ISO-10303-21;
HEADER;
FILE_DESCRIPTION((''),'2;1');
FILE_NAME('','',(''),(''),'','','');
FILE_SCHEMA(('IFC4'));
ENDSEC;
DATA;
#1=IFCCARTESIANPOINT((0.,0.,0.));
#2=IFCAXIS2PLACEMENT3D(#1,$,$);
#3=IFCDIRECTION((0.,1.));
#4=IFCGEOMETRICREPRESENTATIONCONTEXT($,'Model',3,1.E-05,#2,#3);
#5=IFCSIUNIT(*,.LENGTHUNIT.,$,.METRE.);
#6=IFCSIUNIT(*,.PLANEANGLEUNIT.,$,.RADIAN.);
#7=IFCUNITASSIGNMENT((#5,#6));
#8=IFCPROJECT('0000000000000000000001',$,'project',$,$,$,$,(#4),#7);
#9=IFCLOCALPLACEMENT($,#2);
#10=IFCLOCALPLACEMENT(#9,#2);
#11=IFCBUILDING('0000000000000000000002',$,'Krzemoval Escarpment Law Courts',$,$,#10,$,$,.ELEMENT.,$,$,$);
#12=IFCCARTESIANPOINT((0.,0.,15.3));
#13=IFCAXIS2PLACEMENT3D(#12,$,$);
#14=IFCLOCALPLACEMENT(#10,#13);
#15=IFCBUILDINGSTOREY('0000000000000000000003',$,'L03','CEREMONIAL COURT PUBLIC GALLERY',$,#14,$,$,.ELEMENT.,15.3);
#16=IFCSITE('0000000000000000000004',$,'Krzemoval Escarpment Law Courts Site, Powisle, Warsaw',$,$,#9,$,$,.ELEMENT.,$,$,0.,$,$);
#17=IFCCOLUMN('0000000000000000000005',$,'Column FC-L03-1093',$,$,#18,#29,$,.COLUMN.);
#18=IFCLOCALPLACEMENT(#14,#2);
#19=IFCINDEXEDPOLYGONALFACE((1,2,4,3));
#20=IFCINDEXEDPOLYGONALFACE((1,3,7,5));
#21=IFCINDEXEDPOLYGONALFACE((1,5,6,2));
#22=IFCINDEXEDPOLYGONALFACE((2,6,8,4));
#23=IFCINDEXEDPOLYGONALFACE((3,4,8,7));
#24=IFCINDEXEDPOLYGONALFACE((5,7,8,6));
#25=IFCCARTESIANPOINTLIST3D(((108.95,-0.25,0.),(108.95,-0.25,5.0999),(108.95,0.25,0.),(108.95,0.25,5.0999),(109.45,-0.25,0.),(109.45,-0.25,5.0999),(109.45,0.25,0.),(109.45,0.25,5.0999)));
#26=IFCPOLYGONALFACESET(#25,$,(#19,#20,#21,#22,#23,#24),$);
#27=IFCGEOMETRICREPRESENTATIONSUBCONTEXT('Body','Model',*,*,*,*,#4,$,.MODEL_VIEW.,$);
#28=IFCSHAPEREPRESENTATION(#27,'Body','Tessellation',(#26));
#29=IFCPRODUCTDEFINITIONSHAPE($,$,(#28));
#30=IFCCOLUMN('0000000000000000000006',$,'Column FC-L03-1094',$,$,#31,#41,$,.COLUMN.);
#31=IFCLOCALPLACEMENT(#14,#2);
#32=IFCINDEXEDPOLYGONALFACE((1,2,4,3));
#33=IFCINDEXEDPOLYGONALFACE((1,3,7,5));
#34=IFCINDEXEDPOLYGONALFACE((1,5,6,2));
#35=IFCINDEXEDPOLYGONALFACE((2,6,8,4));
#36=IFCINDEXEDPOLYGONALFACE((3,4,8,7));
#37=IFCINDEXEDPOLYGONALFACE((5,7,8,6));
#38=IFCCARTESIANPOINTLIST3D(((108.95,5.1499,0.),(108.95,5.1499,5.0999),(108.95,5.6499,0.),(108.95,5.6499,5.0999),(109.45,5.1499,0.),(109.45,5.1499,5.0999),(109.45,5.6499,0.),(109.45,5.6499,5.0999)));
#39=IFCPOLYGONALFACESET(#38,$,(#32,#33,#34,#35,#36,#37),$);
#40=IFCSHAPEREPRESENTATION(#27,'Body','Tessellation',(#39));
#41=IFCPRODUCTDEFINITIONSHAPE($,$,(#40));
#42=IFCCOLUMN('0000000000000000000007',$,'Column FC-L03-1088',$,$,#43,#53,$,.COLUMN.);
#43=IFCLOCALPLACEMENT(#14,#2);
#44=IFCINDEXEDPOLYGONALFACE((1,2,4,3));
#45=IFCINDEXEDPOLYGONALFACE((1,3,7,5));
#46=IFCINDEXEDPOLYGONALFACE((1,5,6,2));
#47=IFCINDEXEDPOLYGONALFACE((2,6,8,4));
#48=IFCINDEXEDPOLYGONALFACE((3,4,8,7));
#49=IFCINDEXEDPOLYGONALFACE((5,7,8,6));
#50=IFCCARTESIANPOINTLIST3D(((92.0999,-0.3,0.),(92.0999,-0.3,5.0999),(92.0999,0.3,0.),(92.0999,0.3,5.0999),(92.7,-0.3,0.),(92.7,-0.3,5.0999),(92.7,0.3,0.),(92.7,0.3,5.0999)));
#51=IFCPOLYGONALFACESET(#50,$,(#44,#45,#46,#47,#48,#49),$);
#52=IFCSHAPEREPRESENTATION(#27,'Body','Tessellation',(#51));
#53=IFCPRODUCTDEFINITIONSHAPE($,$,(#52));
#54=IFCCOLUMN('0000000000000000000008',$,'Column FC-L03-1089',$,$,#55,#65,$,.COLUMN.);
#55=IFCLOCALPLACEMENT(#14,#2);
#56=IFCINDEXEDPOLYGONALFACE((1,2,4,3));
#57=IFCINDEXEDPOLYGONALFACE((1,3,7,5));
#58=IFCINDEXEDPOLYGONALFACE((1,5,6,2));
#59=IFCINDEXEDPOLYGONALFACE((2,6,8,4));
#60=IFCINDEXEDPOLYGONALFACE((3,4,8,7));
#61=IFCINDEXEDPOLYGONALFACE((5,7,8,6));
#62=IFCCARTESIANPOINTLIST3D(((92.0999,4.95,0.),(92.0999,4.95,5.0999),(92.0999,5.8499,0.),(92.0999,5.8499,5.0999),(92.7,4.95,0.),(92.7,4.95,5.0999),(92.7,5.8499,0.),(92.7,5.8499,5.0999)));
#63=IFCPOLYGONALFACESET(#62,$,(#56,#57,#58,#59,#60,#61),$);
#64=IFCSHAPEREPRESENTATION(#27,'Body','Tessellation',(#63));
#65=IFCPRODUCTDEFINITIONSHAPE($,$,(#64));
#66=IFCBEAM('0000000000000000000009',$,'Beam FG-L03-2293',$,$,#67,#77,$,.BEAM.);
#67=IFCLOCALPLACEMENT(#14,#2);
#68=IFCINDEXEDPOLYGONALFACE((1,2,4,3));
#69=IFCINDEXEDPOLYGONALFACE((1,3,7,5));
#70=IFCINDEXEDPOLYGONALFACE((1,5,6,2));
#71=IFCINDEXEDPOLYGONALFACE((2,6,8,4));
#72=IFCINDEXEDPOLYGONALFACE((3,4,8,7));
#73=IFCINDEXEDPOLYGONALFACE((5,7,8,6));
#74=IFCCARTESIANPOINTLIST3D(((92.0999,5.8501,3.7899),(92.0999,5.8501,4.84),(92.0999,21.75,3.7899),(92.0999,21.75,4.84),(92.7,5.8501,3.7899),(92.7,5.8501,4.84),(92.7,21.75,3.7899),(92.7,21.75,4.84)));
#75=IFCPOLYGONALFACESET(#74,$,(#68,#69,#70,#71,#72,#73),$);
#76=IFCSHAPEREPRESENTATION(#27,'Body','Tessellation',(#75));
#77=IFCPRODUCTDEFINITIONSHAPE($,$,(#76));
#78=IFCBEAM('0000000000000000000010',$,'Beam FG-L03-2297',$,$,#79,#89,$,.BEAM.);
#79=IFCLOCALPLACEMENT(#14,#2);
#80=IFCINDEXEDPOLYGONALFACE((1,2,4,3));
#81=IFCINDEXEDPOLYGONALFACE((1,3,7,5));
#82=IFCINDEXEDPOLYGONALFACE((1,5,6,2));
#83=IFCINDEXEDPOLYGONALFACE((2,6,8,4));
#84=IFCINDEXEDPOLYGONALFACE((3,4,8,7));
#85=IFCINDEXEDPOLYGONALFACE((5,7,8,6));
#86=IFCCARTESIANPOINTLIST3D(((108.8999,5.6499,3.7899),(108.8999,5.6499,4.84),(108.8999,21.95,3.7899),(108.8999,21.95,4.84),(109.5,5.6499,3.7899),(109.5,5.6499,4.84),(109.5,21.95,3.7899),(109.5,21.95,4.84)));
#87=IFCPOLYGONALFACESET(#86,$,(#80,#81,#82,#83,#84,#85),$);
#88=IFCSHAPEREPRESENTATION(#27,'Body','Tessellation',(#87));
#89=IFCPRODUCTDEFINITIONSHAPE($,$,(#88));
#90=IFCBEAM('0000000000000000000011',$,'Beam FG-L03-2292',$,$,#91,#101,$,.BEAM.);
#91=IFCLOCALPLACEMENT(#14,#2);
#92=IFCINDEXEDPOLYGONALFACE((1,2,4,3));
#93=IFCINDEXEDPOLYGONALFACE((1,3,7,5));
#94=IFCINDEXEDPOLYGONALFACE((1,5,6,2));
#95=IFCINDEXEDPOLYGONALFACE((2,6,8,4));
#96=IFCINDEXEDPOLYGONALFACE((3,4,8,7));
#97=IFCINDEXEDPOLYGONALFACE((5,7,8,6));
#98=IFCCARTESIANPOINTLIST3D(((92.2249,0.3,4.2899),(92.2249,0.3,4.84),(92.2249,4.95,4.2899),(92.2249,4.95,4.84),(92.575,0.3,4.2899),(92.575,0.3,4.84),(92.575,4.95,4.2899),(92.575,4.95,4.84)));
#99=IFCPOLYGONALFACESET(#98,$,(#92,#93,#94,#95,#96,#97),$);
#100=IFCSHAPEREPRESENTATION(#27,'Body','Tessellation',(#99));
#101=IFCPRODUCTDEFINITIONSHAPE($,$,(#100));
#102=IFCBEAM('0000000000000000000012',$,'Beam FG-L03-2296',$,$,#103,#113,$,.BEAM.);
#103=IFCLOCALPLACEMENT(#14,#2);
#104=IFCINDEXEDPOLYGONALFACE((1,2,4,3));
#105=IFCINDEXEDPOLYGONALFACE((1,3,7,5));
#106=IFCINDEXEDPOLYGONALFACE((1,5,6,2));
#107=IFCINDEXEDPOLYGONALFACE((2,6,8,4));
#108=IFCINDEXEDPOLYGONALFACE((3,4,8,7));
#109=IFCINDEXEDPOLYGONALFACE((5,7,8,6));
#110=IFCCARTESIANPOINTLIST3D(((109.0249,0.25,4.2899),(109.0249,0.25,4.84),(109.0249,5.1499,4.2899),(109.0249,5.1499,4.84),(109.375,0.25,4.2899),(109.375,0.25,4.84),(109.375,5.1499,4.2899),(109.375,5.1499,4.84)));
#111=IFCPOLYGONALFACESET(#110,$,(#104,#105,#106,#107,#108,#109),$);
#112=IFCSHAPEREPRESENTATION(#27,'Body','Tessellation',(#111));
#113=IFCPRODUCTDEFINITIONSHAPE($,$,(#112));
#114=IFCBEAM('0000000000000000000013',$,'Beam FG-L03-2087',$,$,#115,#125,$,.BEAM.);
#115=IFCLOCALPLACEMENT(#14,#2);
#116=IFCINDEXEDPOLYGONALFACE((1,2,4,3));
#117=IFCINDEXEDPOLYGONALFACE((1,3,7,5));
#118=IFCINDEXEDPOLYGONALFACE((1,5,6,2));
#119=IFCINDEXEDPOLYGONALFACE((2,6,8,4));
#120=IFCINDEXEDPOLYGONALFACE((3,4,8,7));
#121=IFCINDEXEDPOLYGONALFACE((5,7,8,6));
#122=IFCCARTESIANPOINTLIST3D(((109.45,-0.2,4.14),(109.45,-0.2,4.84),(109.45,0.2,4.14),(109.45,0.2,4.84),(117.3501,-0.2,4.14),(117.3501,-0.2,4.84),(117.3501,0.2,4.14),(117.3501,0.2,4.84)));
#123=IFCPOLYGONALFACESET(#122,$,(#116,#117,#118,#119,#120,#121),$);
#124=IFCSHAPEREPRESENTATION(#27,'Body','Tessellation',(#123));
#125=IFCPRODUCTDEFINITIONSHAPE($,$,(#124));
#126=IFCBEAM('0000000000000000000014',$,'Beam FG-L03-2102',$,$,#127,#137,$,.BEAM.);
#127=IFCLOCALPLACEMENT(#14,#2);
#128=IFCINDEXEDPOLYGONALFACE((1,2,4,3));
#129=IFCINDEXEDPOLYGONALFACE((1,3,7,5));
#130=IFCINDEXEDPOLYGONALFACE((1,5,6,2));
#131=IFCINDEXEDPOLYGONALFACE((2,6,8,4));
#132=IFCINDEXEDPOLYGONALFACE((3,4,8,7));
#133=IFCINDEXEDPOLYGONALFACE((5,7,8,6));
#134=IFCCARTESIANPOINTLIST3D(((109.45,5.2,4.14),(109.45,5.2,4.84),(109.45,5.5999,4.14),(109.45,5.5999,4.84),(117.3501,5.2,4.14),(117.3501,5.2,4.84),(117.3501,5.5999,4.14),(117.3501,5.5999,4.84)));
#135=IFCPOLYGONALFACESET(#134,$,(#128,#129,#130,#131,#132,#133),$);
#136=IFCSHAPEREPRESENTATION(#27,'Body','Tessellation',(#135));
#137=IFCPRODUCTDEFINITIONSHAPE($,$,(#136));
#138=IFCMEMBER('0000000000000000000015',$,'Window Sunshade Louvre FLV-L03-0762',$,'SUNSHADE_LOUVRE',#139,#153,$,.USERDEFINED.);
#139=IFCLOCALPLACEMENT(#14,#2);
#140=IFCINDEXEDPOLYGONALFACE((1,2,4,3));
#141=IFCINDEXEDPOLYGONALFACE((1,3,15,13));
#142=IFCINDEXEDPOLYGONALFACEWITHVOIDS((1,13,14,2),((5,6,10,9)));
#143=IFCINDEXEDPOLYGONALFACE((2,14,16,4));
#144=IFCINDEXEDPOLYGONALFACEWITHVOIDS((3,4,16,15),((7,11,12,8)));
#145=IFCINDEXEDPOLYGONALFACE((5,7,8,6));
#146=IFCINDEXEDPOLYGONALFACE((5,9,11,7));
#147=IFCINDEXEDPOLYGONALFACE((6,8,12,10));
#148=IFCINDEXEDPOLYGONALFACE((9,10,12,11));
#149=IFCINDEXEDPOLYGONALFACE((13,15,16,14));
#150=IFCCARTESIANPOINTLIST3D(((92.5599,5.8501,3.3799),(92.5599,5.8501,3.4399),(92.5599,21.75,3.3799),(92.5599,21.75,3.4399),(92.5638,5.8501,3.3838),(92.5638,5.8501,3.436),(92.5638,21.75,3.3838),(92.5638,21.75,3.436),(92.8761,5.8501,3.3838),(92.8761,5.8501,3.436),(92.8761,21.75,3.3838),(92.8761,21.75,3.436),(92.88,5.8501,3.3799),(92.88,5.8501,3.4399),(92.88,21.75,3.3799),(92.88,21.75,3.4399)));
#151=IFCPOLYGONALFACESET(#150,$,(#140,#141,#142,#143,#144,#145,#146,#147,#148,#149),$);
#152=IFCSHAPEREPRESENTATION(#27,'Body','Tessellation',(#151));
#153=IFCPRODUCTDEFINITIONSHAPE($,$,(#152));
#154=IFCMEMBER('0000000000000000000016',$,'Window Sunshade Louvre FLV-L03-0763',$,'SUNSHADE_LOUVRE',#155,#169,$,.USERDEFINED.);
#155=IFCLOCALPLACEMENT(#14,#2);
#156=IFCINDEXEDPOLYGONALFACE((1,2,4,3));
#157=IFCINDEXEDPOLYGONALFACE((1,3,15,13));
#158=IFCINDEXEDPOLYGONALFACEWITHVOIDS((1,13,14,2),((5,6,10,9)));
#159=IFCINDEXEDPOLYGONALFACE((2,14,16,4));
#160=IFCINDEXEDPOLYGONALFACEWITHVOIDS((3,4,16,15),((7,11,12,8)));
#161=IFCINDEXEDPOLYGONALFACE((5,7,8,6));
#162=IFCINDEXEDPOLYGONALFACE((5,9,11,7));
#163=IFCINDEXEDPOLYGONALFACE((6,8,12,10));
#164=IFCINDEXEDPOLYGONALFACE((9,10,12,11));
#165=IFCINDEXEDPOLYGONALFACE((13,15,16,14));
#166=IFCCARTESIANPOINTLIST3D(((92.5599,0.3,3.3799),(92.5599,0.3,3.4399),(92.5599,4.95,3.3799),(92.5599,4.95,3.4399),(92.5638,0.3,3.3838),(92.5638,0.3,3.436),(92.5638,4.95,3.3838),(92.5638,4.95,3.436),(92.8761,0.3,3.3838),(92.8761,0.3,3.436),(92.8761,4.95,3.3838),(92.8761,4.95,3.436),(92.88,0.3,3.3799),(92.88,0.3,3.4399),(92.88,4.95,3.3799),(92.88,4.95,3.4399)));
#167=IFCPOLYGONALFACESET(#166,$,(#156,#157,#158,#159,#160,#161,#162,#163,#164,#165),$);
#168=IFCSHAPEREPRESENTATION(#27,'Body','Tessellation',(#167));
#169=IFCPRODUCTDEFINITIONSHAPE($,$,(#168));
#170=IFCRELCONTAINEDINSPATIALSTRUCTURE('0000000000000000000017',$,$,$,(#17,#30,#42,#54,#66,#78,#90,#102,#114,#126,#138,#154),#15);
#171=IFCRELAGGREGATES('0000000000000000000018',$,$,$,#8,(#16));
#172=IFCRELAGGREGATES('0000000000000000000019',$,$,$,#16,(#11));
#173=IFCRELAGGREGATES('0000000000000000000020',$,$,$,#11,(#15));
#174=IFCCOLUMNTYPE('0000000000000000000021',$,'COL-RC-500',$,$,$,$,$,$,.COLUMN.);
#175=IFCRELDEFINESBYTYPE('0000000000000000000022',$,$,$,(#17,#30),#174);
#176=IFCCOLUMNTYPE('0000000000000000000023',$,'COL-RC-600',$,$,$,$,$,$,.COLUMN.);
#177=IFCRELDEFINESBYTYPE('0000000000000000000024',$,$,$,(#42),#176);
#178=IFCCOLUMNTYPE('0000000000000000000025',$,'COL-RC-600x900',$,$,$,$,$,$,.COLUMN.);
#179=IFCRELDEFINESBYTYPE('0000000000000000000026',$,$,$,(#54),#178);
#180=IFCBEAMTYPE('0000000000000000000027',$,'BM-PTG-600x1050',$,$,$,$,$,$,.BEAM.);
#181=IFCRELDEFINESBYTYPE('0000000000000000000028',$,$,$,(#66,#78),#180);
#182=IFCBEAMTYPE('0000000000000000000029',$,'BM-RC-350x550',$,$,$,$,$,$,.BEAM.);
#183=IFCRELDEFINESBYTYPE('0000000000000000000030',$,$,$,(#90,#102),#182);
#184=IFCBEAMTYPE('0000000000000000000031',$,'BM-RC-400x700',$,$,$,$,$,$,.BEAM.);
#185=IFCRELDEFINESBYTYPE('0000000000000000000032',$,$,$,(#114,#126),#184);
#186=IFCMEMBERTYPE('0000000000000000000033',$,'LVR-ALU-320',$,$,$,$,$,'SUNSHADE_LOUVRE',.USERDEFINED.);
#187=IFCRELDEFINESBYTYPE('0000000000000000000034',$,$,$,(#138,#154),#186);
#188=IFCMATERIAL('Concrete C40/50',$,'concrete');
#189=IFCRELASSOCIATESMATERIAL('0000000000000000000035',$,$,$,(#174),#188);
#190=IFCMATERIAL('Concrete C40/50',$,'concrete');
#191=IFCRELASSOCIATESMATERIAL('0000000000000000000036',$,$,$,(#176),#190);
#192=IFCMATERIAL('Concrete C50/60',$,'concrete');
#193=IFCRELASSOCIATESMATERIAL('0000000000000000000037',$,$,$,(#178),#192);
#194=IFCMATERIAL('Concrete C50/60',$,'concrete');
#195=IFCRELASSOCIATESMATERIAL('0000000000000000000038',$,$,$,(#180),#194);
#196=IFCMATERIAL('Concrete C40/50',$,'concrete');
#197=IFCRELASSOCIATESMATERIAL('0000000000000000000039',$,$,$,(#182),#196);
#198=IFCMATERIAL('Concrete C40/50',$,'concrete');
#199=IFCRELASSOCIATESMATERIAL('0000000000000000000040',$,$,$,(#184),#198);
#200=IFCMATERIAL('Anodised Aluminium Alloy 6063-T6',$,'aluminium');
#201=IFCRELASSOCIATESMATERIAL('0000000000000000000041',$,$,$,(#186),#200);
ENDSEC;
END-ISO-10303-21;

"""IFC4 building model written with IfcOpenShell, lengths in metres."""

from ifc_helpers import new_model, si_unit, direction, frame, origin, origin_2d, place, context, subcontext, project, spatial, rectangle, hollow_rectangle, extrude, material, material_profile, profile_set, type_object, element, save


model = new_model("IFC4")

# Units and contexts
model_context = context("Model", 3, precision=1e-05, world=origin(), true_north=direction((0.0, 1.0)))
body_context = subcontext(model_context, "Body", "Model", "MODEL_VIEW")
ifc_project = project(units=[si_unit("LENGTHUNIT", "METRE"), si_unit("PLANEANGLEUNIT", "RADIAN")], contexts=[model_context])

# Site, building, storey
site_placement = place(None, origin())
site = spatial("IfcSite", under=ifc_project, at=site_placement, Name="Krzemoval Escarpment Law Courts Site, Powisle, Warsaw", CompositionType="ELEMENT", RefElevation=0.0)
building_placement = place(site_placement, origin())
building = spatial("IfcBuilding", under=site, at=building_placement, Name="Krzemoval Escarpment Law Courts", CompositionType="ELEMENT")
storey_placement = place(building_placement, frame((0.0, 0.0, 15.3)))
storey = spatial("IfcBuildingStorey", under=building, at=storey_placement, Name="L03", Description="CEREMONIAL COURT PUBLIC GALLERY", CompositionType="ELEMENT", Elevation=15.3)

# Columns
ifc_material_1 = material(Name="Concrete C40/50", Category="concrete")
ifc_material_profile_1 = material_profile(ifc_material_1, rectangle(XDim=0.5, YDim=0.5, at=origin_2d()), Name="RC 500x500")
ifc_profile_set_1 = profile_set([ifc_material_profile_1], Name="Concrete C40/50")
column_type_1 = type_object("IfcColumnType", Name="COL-RC-500", PredefinedType="COLUMN", material=ifc_profile_set_1)
for number, where, z_axis, x_axis, name in (
    (1, (109.2, 0.0, 0.0), (0.0, 0.0, 1.0), (1.0, 0.0, 0.0), "Column FC-L03-1093"),
    (2, (109.2, 5.3999, 0.0), (0.0, 0.0, 1.0), (1.0, 0.0, 0.0), "Column FC-L03-1094"),
):
    element("IfcColumn", number, at=place(storey_placement, frame(where, z_axis=z_axis, x_axis=x_axis)), inside=storey, type_object=column_type_1, Name=name, PredefinedType="COLUMN", context=body_context, shape_type="SweptSolid", body=[
        extrude(rectangle(XDim=0.5, YDim=0.5, at=origin_2d()), origin(), (0.0, 0.0, 1.0), 5.0999),
    ])
ifc_material_2 = material(Name="Concrete C40/50", Category="concrete")
ifc_material_profile_2 = material_profile(ifc_material_2, rectangle(XDim=0.6001, YDim=0.6001, at=origin_2d()), Name="RC 600x600")
ifc_profile_set_2 = profile_set([ifc_material_profile_2], Name="Concrete C40/50")
column_type_2 = type_object("IfcColumnType", Name="COL-RC-600", PredefinedType="COLUMN", material=ifc_profile_set_2)
column_1_placement = place(storey_placement, frame((92.3999, 0.0, 0.0), z_axis=(0.0, 0.0, 1.0), x_axis=(1.0, 0.0, 0.0)))
element("IfcColumn", 3, at=column_1_placement, inside=storey, type_object=column_type_2, Name="Column FC-L03-1088", PredefinedType="COLUMN", context=body_context, shape_type="SweptSolid", body=[
    extrude(rectangle(XDim=0.6001, YDim=0.6001, at=origin_2d()), origin(), (0.0, 0.0, 1.0), 5.0999),
])
ifc_material_3 = material(Name="Concrete C50/60", Category="concrete")
ifc_material_profile_3 = material_profile(ifc_material_3, rectangle(XDim=0.6001, YDim=0.8999, at=origin_2d()), Name="RC 600x900")
ifc_profile_set_3 = profile_set([ifc_material_profile_3], Name="Concrete C50/60")
column_type_3 = type_object("IfcColumnType", Name="COL-RC-600x900", PredefinedType="COLUMN", material=ifc_profile_set_3)
column_2_placement = place(storey_placement, frame((92.3999, 5.3999, 0.0), z_axis=(0.0, 0.0, 1.0), x_axis=(1.0, 0.0, 0.0)))
element("IfcColumn", 4, at=column_2_placement, inside=storey, type_object=column_type_3, Name="Column FC-L03-1089", PredefinedType="COLUMN", context=body_context, shape_type="SweptSolid", body=[
    extrude(rectangle(XDim=0.6001, YDim=0.8999, at=origin_2d()), origin(), (0.0, 0.0, 1.0), 5.0999),
])

# Beams
ifc_material_4 = material(Name="Concrete C50/60", Category="concrete")
ifc_material_profile_4 = material_profile(ifc_material_4, rectangle(XDim=0.6001, YDim=1.05, at=origin_2d()), Name="PTG 600x1050")
ifc_profile_set_4 = profile_set([ifc_material_profile_4], Name="Concrete C50/60")
beam_type_1 = type_object("IfcBeamType", Name="BM-PTG-600x1050", PredefinedType="BEAM", material=ifc_profile_set_4)
beam_1_placement = place(storey_placement, frame((92.3999, 5.8501, 4.3149), z_axis=(0.0, 1.0, 0.0), x_axis=(-1.0, 0.0, 0.0)))
element("IfcBeam", 5, at=beam_1_placement, inside=storey, type_object=beam_type_1, Name="Beam FG-L03-2293", PredefinedType="BEAM", context=body_context, shape_type="SweptSolid", body=[
    extrude(rectangle(XDim=0.6001, YDim=1.05, at=origin_2d()), origin(), (0.0, 0.0, 1.0), 15.8999),
])
beam_2_placement = place(storey_placement, frame((109.2, 5.6499, 4.3149), z_axis=(0.0, 1.0, 0.0), x_axis=(-1.0, 0.0, 0.0)))
element("IfcBeam", 6, at=beam_2_placement, inside=storey, type_object=beam_type_1, Name="Beam FG-L03-2297", PredefinedType="BEAM", context=body_context, shape_type="SweptSolid", body=[
    extrude(rectangle(XDim=0.6001, YDim=1.05, at=origin_2d()), origin(), (0.0, 0.0, 1.0), 16.3),
])
ifc_material_5 = material(Name="Concrete C40/50", Category="concrete")
ifc_material_profile_5 = material_profile(ifc_material_5, rectangle(XDim=0.3501, YDim=0.55, at=origin_2d()), Name="RCB 350x550")
ifc_profile_set_5 = profile_set([ifc_material_profile_5], Name="Concrete C40/50")
beam_type_2 = type_object("IfcBeamType", Name="BM-RC-350x550", PredefinedType="BEAM", material=ifc_profile_set_5)
beam_3_placement = place(storey_placement, frame((92.3999, 0.3, 4.5649), z_axis=(0.0, 1.0, 0.0), x_axis=(-1.0, 0.0, 0.0)))
element("IfcBeam", 7, at=beam_3_placement, inside=storey, type_object=beam_type_2, Name="Beam FG-L03-2292", PredefinedType="BEAM", context=body_context, shape_type="SweptSolid", body=[
    extrude(rectangle(XDim=0.3501, YDim=0.55, at=origin_2d()), origin(), (0.0, 0.0, 1.0), 4.6499),
])
beam_4_placement = place(storey_placement, frame((109.2, 0.25, 4.5649), z_axis=(0.0, 1.0, 0.0), x_axis=(-1.0, 0.0, 0.0)))
element("IfcBeam", 8, at=beam_4_placement, inside=storey, type_object=beam_type_2, Name="Beam FG-L03-2296", PredefinedType="BEAM", context=body_context, shape_type="SweptSolid", body=[
    extrude(rectangle(XDim=0.3501, YDim=0.55, at=origin_2d()), origin(), (0.0, 0.0, 1.0), 4.8999),
])
ifc_material_6 = material(Name="Concrete C40/50", Category="concrete")
ifc_material_profile_6 = material_profile(ifc_material_6, rectangle(XDim=0.3999, YDim=0.7, at=origin_2d()), Name="RCB 400x700")
ifc_profile_set_6 = profile_set([ifc_material_profile_6], Name="Concrete C40/50")
beam_type_3 = type_object("IfcBeamType", Name="BM-RC-400x700", PredefinedType="BEAM", material=ifc_profile_set_6)
for number, where, z_axis, x_axis, name in (
    (9, (109.45, 0.0, 4.49), (1.0, 0.0, 0.0), (0.0, 1.0, 0.0), "Beam FG-L03-2087"),
    (10, (109.45, 5.3999, 4.49), (1.0, 0.0, 0.0), (0.0, 1.0, 0.0), "Beam FG-L03-2102"),
):
    element("IfcBeam", number, at=place(storey_placement, frame(where, z_axis=z_axis, x_axis=x_axis)), inside=storey, type_object=beam_type_3, Name=name, PredefinedType="BEAM", context=body_context, shape_type="SweptSolid", body=[
        extrude(rectangle(XDim=0.3999, YDim=0.7, at=origin_2d()), origin(), (0.0, 0.0, 1.0), 7.9001),
    ])

# Members
ifc_material_7 = material(Name="Anodised Aluminium Alloy 6063-T6", Category="aluminium")
ifc_material_profile_7 = material_profile(ifc_material_7, hollow_rectangle(XDim=0.0601, YDim=0.3201, WallThickness=0.0039, at=origin_2d()), Name="ALU LVR 60x320")
ifc_profile_set_7 = profile_set([ifc_material_profile_7], Name="Anodised Aluminium Alloy 6063-T6")
member_type = type_object("IfcMemberType", Name="LVR-ALU-320", ElementType="SUNSHADE_LOUVRE", PredefinedType="USERDEFINED", material=ifc_profile_set_7)
member_1_placement = place(storey_placement, frame((92.72, 21.75, 3.4099), z_axis=(0.0, -1.0, 0.0), x_axis=(0.0, 0.0, 1.0)))
element("IfcMember", 11, at=member_1_placement, inside=storey, type_object=member_type, Name="Window Sunshade Louvre FLV-L03-0762", ObjectType="SUNSHADE_LOUVRE", PredefinedType="USERDEFINED", context=body_context, shape_type="SweptSolid", body=[
    extrude(hollow_rectangle(XDim=0.0601, YDim=0.3201, WallThickness=0.0039, at=origin_2d()), origin(), (0.0, 0.0, 1.0), 15.8999),
])
member_2_placement = place(storey_placement, frame((92.72, 4.95, 3.4099), z_axis=(0.0, -1.0, 0.0), x_axis=(0.0, 0.0, 1.0)))
element("IfcMember", 12, at=member_2_placement, inside=storey, type_object=member_type, Name="Window Sunshade Louvre FLV-L03-0763", ObjectType="SUNSHADE_LOUVRE", PredefinedType="USERDEFINED", context=body_context, shape_type="SweptSolid", body=[
    extrude(hollow_rectangle(XDim=0.0601, YDim=0.3201, WallThickness=0.0039, at=origin_2d()), origin(), (0.0, 0.0, 1.0), 4.6499),
])

save(model, "model.ifc")
